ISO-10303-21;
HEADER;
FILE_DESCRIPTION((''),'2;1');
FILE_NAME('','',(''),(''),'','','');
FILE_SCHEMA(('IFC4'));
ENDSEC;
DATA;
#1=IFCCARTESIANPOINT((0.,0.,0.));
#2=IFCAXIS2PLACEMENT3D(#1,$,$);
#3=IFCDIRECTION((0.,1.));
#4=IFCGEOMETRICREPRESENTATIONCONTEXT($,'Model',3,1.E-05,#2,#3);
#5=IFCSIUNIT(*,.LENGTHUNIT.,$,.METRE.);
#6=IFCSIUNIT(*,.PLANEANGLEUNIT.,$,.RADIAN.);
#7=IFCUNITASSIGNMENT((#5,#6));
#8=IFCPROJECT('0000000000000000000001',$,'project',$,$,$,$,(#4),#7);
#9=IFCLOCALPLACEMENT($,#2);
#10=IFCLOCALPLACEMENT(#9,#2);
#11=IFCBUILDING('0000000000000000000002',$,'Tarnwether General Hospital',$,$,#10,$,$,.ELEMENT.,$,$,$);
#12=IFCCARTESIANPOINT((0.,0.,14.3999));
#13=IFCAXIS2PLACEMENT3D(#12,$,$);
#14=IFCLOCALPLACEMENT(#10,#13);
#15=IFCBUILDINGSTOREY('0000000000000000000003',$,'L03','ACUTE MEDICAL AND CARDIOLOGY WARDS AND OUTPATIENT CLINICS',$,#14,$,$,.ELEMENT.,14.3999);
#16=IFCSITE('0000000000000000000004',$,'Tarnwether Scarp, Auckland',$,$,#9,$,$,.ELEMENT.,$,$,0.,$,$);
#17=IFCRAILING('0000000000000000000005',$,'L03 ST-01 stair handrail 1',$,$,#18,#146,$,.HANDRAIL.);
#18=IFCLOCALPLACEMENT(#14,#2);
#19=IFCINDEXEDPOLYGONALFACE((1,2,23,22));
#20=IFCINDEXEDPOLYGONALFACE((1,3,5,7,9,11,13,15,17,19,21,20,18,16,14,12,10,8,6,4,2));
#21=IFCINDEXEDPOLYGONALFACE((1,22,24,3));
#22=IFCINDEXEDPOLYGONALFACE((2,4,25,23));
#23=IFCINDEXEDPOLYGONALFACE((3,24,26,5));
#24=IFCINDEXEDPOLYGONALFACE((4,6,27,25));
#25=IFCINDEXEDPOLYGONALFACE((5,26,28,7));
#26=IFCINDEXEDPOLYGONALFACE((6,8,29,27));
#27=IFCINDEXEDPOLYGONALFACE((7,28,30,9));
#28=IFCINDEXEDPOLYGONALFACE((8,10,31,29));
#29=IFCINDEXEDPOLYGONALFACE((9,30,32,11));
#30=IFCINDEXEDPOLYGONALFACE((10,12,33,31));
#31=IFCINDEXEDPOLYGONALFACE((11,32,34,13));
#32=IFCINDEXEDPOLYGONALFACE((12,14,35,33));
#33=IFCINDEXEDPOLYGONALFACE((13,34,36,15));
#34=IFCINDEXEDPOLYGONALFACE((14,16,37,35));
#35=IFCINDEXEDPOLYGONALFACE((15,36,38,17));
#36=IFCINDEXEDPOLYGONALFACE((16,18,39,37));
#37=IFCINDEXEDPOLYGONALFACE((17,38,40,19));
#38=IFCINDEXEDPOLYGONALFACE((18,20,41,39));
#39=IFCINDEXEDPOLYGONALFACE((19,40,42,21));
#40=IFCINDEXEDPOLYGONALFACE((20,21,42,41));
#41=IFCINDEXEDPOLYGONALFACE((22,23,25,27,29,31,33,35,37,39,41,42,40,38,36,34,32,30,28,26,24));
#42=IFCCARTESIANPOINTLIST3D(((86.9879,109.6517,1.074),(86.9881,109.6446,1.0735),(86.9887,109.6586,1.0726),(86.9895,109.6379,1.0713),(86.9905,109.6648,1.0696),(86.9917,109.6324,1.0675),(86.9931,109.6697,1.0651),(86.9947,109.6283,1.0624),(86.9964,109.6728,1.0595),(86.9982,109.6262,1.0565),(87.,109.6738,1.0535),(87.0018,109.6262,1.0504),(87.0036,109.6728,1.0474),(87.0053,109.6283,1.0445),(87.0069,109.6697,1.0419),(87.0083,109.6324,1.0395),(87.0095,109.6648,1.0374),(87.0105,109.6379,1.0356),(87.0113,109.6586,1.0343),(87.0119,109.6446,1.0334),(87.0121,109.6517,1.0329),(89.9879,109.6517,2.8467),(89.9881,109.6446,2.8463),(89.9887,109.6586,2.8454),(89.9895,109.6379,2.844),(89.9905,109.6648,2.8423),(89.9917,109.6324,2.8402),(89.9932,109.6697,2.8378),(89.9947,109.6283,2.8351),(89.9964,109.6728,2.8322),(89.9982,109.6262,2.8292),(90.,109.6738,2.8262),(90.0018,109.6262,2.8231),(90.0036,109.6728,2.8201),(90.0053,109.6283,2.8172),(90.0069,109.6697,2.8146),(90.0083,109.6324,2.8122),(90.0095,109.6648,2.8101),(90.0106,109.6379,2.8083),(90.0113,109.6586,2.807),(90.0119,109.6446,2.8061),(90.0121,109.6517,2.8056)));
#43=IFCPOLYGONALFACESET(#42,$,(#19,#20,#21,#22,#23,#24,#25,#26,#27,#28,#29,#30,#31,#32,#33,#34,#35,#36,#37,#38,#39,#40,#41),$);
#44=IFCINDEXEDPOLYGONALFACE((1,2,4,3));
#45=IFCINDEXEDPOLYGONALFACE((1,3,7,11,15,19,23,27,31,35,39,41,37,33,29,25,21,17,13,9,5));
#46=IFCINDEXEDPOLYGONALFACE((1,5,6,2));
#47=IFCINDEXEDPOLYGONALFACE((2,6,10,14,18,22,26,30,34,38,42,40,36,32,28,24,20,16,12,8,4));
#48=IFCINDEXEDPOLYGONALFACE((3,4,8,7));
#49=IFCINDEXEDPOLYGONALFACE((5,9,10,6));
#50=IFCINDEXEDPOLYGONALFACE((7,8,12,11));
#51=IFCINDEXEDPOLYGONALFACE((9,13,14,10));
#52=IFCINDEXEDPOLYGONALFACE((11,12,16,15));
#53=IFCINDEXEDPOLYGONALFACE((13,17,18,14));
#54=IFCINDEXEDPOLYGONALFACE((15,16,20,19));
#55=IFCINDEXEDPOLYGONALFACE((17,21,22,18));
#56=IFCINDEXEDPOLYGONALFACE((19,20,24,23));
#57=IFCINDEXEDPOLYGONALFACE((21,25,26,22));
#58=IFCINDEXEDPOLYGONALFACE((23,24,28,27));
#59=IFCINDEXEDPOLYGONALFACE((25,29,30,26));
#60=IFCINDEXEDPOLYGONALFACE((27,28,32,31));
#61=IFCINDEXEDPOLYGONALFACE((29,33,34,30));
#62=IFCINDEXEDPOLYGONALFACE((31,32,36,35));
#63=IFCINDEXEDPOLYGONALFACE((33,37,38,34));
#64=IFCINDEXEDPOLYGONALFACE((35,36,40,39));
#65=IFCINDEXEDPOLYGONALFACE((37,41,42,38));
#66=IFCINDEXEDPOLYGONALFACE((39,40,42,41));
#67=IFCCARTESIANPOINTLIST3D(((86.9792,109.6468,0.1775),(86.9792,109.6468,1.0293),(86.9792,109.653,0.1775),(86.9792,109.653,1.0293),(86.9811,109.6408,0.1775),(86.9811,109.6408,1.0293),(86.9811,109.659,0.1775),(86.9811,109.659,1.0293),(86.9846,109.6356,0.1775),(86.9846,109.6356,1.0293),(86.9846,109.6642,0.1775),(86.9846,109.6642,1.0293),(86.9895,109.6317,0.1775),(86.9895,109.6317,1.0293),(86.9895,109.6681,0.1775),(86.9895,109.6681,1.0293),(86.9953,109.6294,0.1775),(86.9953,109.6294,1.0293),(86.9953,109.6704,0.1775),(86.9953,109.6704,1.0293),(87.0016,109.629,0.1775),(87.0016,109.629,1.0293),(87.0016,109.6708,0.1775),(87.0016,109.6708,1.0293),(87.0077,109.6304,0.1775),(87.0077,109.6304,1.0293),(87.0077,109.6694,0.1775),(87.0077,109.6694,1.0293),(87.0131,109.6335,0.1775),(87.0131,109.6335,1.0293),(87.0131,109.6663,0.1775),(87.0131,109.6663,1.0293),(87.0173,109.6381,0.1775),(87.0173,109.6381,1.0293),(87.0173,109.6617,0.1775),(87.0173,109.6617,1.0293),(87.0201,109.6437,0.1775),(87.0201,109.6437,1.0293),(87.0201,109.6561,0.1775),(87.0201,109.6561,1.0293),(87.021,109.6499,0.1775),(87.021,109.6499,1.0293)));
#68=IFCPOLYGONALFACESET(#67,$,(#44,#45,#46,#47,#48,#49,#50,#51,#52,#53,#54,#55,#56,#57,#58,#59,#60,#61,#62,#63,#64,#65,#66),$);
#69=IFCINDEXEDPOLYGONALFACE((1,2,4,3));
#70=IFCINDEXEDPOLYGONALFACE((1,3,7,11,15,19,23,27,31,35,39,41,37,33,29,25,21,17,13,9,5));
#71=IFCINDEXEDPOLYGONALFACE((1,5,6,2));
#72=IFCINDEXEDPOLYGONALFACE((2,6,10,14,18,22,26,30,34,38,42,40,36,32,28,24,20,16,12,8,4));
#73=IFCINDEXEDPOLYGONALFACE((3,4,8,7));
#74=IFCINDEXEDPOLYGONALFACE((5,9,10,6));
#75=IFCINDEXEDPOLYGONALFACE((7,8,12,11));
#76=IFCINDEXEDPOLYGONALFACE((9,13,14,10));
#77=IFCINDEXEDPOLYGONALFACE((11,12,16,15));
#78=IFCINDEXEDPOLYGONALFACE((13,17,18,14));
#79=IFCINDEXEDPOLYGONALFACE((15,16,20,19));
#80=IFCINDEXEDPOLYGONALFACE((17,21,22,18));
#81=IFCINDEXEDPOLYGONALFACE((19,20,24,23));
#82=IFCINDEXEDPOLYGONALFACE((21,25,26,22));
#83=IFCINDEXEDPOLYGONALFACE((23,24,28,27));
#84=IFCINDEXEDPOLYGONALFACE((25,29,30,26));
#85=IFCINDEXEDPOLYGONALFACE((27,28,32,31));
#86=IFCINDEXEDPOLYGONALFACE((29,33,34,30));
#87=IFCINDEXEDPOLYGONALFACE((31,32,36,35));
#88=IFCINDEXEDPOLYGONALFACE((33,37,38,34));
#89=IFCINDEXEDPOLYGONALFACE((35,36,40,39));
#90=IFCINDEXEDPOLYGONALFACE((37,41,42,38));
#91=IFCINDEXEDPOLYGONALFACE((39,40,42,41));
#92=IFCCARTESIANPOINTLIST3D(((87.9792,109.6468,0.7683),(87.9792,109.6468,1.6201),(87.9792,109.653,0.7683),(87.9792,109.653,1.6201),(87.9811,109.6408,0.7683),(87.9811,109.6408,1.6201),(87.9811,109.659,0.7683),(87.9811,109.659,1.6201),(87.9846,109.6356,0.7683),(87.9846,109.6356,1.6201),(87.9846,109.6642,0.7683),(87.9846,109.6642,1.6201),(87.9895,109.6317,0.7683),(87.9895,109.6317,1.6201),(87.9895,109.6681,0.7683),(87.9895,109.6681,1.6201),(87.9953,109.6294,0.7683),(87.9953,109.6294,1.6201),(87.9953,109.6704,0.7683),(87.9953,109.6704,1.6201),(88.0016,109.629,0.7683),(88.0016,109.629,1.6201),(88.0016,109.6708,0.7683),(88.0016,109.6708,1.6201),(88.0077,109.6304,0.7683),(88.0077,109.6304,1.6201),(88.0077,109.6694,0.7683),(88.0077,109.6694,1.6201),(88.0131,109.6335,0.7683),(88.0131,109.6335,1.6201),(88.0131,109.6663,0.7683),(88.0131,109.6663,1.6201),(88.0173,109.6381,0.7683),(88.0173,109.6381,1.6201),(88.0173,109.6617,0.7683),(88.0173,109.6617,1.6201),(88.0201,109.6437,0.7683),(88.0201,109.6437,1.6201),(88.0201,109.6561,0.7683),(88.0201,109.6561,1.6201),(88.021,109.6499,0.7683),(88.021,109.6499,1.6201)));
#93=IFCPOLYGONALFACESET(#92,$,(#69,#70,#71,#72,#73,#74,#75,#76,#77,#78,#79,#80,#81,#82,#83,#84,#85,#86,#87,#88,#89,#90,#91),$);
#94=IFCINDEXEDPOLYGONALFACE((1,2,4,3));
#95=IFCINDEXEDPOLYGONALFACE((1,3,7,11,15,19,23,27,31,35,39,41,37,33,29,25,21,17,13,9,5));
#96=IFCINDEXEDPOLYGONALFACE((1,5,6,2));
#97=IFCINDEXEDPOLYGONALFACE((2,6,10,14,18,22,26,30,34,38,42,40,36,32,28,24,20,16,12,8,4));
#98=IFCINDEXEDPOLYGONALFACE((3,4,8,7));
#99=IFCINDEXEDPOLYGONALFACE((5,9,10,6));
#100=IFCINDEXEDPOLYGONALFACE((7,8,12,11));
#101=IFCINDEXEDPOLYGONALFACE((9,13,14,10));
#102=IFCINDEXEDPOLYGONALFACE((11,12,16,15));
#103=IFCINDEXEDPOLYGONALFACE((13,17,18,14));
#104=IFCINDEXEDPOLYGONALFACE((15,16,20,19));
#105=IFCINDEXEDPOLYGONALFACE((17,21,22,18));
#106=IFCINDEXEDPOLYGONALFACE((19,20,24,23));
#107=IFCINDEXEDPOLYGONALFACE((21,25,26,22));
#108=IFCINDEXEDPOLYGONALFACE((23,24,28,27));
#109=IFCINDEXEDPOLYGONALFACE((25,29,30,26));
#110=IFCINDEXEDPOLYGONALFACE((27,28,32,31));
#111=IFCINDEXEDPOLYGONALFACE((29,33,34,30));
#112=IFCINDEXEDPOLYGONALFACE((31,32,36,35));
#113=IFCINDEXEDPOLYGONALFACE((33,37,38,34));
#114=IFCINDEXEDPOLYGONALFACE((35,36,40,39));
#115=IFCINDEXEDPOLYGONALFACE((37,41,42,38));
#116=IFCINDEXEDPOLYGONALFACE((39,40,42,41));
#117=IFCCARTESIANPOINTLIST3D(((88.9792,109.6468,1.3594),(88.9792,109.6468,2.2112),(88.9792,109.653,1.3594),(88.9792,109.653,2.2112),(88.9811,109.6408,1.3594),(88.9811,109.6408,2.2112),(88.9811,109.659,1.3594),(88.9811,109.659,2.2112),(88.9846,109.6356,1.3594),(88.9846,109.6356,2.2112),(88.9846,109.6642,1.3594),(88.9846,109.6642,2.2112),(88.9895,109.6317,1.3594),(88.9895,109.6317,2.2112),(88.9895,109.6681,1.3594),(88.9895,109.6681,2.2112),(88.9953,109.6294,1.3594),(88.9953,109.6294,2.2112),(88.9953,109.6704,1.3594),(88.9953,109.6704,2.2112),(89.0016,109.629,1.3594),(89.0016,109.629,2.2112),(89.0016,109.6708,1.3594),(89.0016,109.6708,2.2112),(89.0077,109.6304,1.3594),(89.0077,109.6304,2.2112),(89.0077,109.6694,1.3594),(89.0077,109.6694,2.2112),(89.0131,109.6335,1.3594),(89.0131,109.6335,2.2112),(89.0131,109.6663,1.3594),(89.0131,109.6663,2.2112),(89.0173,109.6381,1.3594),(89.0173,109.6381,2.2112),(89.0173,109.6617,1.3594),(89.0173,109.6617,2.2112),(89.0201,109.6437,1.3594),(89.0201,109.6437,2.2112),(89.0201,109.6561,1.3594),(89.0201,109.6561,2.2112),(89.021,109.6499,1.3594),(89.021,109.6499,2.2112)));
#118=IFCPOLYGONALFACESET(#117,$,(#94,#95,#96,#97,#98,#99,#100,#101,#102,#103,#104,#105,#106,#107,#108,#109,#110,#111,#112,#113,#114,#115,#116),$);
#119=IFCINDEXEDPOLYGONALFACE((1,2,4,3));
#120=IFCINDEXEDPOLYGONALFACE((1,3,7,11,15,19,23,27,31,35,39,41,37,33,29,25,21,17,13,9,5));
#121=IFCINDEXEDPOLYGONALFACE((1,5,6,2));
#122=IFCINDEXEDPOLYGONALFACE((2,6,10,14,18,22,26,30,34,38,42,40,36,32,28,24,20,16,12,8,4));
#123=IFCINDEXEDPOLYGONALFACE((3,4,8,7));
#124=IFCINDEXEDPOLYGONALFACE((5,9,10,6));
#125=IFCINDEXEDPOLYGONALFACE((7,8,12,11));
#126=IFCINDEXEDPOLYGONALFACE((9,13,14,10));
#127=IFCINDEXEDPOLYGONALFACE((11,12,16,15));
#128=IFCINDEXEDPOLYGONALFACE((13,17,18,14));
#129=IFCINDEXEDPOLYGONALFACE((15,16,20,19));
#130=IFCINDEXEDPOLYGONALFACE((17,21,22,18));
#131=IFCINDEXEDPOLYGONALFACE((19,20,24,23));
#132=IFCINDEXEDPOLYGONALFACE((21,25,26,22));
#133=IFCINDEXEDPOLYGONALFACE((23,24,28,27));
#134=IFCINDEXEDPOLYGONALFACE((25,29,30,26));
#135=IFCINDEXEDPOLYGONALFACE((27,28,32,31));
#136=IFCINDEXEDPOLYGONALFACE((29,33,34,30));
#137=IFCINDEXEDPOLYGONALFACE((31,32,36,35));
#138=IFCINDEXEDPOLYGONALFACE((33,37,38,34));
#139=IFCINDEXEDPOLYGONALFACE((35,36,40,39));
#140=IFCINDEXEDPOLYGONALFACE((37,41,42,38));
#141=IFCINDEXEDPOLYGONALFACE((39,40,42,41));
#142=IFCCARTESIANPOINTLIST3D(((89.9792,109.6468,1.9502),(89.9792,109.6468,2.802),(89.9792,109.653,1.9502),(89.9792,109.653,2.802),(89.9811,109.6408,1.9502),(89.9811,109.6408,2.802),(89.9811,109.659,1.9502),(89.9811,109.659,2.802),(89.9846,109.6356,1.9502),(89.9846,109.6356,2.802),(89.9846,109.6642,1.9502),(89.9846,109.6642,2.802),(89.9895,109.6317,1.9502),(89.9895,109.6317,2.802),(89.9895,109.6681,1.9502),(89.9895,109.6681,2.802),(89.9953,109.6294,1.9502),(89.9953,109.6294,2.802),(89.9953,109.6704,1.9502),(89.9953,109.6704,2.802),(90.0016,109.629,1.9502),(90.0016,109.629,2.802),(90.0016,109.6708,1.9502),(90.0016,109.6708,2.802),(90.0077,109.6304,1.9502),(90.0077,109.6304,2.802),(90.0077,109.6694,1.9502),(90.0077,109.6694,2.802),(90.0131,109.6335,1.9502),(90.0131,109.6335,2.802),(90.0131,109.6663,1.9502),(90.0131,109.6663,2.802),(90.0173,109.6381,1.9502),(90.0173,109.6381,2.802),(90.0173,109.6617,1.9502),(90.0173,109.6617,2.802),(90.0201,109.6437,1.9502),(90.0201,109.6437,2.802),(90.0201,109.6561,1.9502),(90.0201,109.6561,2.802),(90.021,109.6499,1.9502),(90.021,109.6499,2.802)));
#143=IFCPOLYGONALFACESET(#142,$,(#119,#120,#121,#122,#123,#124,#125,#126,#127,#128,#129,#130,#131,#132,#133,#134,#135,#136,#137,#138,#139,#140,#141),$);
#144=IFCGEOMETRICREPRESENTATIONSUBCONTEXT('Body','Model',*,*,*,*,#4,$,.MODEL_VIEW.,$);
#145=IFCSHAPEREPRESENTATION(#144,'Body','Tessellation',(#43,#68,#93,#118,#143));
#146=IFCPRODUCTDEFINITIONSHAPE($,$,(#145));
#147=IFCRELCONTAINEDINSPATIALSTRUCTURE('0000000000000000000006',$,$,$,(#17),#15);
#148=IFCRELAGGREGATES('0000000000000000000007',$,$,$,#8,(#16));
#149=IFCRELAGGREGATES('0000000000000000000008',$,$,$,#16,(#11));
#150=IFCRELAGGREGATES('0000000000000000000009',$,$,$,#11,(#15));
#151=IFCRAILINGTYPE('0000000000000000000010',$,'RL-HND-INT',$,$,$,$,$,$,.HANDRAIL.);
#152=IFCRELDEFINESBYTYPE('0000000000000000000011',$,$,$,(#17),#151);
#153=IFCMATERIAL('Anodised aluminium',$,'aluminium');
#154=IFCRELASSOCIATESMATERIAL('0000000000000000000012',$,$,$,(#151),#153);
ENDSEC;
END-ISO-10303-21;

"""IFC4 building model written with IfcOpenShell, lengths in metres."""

from ifc_helpers import new_model, si_unit, direction, frame, origin, origin_2d, place, context, subcontext, project, spatial, circle, extrude, material, type_object, element, save


model = new_model("IFC4")

# Units and contexts
model_context = context("Model", 3, precision=1e-05, world=origin(), true_north=direction((0.0, 1.0)))
body_context = subcontext(model_context, "Body", "Model", "MODEL_VIEW")
ifc_project = project(units=[si_unit("LENGTHUNIT", "METRE"), si_unit("PLANEANGLEUNIT", "RADIAN")], contexts=[model_context])

# Site, building, storey
site_placement = place(None, origin())
site = spatial("IfcSite", under=ifc_project, at=site_placement, Name="Tarnwether Scarp, Auckland", CompositionType="ELEMENT", RefElevation=0.0)
building_placement = place(site_placement, origin())
building = spatial("IfcBuilding", under=site, at=building_placement, Name="Tarnwether General Hospital", CompositionType="ELEMENT")
storey_placement = place(building_placement, frame((0.0, 0.0, 14.3999)))
storey = spatial("IfcBuildingStorey", under=building, at=storey_placement, Name="L03", Description="ACUTE MEDICAL AND CARDIOLOGY WARDS AND OUTPATIENT CLINICS", CompositionType="ELEMENT", Elevation=14.3999)

# Railing
ifc_material_1 = material(Name="Anodised aluminium", Category="aluminium")
railing_type_1 = type_object("IfcRailingType", Name="RL-HND-INT", PredefinedType="HANDRAIL", material=ifc_material_1)
railing_1_placement = place(storey_placement, frame((87.0, 109.6499, 0.1775)))
element("IfcRailing", 1, at=railing_1_placement, inside=storey, type_object=railing_type_1, Name="L03 ST-01 stair handrail 1", PredefinedType="HANDRAIL", context=body_context, shape_type="SweptSolid", body=[
    extrude(circle(Radius=0.0239, at=origin_2d()), frame((0.0, 0.0, 0.876), z_axis=(0.860929, 0.0, 0.508725), x_axis=(0.0, 1.0, 0.0)), (0.0, 0.0, 1.0), 3.4846),
    extrude(circle(Radius=0.021, at=origin_2d()), origin(), (0.0, 0.0, 1.0), 0.8518),
    extrude(circle(Radius=0.021, at=origin_2d()), frame((1.0, 0.0, 0.5908)), (0.0, 0.0, 1.0), 0.8518),
    extrude(circle(Radius=0.021, at=origin_2d()), frame((2.0, 0.0, 1.1819)), (0.0, 0.0, 1.0), 0.8518),
    extrude(circle(Radius=0.021, at=origin_2d()), frame((3.0, 0.0, 1.7727)), (0.0, 0.0, 1.0), 0.8518),
])

save(model, "model.ifc")
